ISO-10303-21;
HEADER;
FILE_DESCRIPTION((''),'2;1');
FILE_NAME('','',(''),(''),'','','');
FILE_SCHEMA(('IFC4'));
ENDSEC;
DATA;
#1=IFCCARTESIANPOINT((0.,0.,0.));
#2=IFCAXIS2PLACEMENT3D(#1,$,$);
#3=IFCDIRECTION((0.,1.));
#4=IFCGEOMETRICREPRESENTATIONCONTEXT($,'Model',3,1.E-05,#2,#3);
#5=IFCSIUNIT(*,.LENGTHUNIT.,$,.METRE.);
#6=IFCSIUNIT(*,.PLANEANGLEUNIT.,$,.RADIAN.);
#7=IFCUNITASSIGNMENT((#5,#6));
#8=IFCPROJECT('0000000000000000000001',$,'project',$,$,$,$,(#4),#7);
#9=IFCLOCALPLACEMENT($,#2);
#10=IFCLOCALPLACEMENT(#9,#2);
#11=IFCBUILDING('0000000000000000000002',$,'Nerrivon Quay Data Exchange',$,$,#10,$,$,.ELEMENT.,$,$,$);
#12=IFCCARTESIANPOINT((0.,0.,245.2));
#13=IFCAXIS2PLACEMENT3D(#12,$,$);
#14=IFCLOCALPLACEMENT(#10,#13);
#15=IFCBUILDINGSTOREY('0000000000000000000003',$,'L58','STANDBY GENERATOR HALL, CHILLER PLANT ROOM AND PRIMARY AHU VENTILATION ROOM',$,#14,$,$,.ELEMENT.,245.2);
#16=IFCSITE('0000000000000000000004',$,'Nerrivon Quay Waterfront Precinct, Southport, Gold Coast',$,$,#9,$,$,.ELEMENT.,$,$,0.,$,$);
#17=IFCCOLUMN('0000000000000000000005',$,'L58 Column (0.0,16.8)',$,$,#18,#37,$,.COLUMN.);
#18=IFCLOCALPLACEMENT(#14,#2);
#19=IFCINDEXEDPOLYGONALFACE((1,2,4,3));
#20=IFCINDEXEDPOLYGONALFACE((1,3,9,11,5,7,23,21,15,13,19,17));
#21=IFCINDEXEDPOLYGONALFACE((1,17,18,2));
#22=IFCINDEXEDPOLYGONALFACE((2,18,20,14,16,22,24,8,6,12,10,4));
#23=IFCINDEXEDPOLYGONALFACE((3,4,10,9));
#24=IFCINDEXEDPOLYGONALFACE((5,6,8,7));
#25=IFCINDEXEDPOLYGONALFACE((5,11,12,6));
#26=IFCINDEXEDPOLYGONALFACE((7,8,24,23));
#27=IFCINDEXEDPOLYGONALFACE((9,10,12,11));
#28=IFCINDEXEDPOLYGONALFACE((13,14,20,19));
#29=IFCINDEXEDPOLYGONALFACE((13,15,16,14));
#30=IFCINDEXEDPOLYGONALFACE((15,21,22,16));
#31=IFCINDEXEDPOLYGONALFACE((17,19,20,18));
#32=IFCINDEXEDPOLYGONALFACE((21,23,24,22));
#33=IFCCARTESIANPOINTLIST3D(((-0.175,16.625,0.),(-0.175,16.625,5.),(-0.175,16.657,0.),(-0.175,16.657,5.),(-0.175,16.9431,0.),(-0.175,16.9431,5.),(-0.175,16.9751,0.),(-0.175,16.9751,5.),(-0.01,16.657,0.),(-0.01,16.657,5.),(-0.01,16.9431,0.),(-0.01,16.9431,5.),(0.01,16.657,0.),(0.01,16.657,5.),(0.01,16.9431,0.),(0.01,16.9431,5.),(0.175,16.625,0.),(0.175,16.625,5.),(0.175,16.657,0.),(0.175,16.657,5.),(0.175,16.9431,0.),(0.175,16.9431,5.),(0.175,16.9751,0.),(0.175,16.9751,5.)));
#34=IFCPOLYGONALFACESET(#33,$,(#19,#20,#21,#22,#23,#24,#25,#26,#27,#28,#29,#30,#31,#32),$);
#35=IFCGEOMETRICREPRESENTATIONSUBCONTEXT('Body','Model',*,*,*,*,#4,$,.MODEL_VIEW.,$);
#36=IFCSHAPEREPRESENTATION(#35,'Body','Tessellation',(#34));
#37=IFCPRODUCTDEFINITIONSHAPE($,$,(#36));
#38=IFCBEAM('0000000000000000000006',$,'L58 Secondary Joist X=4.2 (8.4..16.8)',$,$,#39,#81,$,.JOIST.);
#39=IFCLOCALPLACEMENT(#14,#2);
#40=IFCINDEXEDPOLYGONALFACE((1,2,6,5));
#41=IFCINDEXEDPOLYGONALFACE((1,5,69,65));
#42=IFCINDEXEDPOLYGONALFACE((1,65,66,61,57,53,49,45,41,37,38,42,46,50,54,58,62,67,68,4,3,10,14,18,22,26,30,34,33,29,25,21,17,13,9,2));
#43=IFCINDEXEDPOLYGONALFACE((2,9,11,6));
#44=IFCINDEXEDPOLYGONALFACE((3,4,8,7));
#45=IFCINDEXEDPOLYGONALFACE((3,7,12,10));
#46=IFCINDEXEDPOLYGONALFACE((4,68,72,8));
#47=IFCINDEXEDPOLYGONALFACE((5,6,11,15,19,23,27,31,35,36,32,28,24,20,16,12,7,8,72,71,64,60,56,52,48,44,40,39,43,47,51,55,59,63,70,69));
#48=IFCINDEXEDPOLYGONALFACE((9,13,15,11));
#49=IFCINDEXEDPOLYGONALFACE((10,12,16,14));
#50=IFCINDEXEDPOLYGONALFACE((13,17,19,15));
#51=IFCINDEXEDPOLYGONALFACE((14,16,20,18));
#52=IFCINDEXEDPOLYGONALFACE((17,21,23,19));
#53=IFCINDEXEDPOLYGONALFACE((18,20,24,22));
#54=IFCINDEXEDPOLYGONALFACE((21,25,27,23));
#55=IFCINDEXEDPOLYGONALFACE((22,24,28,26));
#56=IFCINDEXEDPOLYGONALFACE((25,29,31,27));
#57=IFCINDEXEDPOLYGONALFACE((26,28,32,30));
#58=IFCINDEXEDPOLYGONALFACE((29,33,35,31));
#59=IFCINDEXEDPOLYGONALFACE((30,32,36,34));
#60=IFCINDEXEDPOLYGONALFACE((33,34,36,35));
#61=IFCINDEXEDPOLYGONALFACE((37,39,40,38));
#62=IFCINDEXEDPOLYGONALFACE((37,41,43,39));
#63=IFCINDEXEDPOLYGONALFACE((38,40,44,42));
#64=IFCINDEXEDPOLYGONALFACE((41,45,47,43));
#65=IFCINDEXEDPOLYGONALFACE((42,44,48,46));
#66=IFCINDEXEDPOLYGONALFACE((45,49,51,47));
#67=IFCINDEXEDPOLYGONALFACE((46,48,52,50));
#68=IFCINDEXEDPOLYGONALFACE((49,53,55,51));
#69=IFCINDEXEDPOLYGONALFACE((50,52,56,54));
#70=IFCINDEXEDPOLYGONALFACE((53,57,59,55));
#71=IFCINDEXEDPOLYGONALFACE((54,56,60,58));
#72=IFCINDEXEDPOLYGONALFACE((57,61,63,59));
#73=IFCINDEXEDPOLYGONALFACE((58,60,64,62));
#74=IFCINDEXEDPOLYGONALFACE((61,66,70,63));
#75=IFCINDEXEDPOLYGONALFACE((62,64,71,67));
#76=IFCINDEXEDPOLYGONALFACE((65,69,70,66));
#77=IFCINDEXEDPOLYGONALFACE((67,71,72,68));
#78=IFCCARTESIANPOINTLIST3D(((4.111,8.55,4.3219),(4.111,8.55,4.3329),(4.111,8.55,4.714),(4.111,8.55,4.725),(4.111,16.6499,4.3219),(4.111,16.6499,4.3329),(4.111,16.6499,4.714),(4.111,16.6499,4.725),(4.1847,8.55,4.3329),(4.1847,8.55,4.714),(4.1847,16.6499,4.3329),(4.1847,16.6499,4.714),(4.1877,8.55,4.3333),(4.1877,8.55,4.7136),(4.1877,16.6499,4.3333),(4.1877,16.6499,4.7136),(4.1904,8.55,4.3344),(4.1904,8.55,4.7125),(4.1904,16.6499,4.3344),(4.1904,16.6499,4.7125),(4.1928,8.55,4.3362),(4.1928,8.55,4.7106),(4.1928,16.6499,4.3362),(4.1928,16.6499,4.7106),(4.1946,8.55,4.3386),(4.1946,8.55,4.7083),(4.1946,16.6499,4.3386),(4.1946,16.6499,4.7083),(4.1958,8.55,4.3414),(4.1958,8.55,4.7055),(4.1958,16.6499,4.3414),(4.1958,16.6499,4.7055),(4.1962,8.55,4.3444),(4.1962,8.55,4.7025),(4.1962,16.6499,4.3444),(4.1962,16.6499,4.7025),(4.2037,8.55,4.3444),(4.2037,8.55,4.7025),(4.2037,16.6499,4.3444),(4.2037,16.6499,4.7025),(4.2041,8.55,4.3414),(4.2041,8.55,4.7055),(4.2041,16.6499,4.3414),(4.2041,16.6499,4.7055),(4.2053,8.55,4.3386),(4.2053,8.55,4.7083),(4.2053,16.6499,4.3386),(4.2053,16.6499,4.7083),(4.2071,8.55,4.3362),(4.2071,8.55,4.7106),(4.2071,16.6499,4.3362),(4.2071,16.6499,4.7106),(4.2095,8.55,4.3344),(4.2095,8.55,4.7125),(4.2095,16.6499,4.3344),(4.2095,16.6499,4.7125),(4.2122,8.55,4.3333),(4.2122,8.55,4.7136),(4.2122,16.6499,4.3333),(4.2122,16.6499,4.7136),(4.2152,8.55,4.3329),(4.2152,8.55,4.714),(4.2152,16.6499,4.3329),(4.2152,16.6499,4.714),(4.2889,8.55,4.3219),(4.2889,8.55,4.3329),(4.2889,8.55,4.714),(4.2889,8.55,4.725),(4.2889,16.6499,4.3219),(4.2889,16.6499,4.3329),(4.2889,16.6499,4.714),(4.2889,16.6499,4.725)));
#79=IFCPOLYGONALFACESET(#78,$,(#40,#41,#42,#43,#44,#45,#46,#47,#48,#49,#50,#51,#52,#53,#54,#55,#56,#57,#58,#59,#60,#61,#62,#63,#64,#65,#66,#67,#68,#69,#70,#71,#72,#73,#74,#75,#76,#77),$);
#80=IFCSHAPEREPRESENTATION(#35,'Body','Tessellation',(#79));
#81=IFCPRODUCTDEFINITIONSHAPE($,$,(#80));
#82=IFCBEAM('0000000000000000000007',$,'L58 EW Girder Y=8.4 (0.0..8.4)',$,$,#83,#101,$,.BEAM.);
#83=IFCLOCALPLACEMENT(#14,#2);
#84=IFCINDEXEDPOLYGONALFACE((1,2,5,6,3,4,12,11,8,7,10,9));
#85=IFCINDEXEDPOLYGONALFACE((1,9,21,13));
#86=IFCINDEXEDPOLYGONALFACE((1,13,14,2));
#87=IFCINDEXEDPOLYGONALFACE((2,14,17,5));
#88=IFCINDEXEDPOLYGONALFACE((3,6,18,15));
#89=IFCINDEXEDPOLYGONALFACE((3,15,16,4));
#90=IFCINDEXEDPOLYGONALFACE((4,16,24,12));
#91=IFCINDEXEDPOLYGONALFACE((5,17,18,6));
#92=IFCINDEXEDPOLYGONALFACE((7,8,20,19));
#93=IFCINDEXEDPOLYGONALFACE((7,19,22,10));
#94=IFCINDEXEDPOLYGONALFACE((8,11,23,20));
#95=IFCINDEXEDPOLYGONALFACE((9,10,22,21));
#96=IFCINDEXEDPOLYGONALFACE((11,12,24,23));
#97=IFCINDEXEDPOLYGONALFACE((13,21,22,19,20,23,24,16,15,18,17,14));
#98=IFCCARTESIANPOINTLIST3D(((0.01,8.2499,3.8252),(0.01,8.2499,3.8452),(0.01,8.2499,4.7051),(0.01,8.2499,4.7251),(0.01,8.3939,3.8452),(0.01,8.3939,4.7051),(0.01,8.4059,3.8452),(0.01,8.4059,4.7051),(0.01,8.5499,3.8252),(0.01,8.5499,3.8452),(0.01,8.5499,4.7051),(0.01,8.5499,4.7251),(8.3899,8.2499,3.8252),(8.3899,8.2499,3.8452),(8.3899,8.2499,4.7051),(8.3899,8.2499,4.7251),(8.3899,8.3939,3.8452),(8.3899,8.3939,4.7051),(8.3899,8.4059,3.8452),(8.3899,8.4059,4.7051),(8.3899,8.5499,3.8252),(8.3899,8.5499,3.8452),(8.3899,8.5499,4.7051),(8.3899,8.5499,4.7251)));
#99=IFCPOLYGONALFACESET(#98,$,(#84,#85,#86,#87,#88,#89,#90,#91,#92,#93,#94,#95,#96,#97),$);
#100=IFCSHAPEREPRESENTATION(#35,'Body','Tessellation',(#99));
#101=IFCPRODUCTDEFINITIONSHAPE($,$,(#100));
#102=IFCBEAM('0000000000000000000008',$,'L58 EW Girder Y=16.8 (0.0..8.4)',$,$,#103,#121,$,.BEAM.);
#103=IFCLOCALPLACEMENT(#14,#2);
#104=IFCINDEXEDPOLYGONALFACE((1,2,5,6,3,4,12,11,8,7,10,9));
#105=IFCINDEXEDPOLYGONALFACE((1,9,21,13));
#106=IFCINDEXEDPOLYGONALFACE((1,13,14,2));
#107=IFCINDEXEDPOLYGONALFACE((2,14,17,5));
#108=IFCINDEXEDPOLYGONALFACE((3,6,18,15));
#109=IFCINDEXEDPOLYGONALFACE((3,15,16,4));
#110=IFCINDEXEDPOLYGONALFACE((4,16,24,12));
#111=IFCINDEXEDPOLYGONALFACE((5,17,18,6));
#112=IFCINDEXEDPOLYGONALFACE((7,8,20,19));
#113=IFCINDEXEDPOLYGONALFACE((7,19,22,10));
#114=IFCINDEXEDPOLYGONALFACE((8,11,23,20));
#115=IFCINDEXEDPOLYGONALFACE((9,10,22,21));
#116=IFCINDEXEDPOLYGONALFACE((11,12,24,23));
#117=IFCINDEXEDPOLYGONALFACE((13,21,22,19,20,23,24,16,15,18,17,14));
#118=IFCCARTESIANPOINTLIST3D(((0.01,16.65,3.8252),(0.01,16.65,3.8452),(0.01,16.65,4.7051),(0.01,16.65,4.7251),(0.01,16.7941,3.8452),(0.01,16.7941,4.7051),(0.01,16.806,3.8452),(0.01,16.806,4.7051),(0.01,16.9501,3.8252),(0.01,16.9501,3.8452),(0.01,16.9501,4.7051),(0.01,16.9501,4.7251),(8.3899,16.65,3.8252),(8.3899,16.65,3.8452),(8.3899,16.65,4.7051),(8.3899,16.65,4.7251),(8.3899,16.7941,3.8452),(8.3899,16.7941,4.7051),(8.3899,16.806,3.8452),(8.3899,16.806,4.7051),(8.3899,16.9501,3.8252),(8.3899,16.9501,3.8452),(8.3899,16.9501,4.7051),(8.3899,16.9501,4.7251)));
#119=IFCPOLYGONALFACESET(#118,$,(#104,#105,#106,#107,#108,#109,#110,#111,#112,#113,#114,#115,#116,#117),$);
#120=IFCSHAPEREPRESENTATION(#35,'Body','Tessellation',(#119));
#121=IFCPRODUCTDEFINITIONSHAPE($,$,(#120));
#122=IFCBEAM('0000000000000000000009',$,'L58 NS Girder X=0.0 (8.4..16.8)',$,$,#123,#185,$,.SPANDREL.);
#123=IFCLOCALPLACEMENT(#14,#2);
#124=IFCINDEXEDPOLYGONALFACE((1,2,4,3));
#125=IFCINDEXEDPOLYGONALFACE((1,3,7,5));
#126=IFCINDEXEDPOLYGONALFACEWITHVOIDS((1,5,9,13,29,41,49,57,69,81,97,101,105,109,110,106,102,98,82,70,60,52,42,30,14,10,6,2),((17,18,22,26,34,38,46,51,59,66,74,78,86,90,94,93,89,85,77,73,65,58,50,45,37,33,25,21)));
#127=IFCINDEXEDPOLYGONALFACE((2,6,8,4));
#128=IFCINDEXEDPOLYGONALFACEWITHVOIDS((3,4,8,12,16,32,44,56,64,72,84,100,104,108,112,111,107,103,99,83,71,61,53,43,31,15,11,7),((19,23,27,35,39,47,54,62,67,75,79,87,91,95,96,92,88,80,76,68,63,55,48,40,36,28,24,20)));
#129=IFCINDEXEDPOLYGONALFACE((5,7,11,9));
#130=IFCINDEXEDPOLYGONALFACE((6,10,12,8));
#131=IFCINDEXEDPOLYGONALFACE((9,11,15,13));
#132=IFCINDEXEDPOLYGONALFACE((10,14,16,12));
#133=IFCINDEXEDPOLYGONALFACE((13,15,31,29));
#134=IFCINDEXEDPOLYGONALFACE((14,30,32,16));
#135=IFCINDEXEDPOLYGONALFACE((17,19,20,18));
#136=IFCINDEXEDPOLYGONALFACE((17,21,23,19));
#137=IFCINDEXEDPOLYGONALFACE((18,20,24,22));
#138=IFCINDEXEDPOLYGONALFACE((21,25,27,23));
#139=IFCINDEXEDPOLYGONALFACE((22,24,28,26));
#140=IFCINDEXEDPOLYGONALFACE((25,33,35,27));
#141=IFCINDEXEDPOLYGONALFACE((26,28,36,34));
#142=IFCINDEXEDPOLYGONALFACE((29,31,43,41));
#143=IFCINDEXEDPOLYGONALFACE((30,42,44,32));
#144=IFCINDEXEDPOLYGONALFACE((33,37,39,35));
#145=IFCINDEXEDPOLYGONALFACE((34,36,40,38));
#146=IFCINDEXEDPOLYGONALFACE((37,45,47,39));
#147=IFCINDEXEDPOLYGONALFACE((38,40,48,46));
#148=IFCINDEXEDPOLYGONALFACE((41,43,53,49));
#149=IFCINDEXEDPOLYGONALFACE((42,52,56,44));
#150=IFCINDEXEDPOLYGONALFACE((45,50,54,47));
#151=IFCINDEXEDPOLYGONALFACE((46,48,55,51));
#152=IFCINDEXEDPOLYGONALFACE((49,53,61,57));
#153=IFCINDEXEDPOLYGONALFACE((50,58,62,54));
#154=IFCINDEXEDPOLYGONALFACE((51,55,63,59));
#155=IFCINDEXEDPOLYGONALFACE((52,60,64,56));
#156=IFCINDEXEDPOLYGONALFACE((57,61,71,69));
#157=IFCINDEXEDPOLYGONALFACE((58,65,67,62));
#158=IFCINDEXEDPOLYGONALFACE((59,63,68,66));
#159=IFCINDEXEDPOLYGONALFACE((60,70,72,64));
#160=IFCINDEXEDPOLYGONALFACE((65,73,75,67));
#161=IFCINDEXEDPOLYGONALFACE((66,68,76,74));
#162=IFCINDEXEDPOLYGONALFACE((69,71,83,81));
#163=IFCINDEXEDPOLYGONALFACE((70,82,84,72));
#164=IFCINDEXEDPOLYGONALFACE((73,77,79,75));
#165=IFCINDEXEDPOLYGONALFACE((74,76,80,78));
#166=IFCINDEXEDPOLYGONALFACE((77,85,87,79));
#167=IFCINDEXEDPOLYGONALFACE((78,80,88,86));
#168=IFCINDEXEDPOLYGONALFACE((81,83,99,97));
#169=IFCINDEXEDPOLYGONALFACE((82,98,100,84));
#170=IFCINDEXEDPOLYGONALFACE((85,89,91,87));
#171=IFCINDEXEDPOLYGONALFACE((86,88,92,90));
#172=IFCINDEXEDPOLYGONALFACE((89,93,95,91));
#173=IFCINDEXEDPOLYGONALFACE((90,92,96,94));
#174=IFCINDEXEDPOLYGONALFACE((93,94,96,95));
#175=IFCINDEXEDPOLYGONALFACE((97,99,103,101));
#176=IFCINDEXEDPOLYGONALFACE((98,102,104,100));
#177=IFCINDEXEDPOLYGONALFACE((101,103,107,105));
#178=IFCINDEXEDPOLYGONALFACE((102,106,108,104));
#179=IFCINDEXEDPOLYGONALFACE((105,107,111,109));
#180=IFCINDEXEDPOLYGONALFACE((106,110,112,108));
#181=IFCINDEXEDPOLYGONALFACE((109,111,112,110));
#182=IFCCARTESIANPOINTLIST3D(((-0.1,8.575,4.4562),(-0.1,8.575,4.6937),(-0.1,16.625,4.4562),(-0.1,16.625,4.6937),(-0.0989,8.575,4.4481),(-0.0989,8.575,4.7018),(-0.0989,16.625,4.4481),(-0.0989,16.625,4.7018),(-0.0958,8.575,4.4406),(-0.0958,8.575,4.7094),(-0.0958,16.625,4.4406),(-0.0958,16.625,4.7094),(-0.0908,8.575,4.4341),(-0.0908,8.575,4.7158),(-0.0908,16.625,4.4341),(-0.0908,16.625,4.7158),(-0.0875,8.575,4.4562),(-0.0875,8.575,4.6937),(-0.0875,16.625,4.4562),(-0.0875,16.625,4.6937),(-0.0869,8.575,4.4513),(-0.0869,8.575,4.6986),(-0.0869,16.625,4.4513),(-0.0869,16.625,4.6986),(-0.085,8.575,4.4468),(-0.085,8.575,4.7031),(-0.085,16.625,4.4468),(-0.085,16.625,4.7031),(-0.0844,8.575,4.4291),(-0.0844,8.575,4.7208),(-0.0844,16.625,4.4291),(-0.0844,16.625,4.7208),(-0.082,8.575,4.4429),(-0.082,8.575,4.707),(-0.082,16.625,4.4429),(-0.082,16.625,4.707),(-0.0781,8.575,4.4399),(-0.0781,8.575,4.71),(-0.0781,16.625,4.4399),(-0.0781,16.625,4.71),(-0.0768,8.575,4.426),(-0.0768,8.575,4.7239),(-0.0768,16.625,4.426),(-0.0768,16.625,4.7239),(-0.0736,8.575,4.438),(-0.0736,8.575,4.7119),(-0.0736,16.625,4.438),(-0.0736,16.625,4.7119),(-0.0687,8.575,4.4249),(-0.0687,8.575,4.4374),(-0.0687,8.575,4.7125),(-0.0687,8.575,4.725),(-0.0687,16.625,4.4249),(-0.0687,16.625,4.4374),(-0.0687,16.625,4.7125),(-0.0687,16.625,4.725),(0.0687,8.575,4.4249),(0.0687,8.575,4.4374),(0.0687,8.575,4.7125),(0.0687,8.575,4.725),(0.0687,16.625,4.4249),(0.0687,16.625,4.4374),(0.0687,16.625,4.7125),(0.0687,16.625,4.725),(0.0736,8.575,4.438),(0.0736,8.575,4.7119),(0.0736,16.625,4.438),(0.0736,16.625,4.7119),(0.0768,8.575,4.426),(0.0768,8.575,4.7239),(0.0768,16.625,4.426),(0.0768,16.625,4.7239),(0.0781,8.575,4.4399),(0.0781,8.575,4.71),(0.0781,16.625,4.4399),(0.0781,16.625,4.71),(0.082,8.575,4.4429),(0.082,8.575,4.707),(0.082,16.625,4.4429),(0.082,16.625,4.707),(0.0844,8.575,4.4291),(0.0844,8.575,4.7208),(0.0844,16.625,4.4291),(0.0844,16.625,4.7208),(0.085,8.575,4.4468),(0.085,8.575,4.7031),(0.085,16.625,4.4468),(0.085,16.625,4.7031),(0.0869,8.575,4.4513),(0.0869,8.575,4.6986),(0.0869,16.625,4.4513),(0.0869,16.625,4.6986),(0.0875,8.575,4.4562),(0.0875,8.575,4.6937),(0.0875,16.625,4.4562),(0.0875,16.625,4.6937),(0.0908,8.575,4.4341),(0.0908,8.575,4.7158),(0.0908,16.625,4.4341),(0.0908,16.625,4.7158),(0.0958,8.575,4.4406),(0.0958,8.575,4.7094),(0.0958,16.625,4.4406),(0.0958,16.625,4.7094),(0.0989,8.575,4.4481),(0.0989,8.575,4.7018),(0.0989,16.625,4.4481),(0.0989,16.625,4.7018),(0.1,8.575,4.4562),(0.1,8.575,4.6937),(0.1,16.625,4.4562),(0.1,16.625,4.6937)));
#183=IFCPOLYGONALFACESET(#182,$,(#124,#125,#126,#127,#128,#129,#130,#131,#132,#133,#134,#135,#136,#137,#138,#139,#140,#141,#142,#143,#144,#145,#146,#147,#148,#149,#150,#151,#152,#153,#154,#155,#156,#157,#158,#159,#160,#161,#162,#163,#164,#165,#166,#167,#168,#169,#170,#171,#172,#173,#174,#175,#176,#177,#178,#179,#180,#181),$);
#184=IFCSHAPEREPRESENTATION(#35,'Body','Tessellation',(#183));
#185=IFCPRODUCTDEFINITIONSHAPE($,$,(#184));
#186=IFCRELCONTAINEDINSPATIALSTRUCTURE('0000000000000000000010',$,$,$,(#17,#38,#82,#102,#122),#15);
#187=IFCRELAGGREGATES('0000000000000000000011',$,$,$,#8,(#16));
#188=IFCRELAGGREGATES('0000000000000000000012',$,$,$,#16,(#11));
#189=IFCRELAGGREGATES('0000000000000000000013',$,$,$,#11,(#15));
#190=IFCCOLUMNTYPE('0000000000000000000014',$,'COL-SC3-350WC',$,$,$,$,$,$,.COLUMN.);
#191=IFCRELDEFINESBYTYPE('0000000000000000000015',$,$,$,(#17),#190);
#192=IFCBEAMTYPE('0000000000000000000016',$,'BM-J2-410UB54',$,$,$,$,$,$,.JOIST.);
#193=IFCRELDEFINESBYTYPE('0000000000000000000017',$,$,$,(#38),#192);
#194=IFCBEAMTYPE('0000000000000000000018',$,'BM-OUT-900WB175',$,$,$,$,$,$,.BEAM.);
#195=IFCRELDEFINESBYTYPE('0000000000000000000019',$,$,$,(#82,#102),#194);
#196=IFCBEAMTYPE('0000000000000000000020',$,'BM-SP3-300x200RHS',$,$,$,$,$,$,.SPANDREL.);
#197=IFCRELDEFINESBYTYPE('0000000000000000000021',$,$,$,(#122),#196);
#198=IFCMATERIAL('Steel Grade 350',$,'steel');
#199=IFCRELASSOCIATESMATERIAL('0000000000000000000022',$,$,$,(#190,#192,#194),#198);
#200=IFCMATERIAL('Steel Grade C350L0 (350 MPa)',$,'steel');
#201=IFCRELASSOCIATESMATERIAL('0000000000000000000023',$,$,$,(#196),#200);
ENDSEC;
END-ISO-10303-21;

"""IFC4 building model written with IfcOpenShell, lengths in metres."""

from ifc_helpers import new_model, si_unit, direction, frame, origin, origin_2d, place, context, subcontext, project, spatial, hollow_rectangle, i_section, extrude, material, material_profile, profile_set, type_object, element, save


model = new_model("IFC4")

# Units and contexts
model_context = context("Model", 3, precision=1e-05, world=origin(), true_north=direction((0.0, 1.0)))
body_context = subcontext(model_context, "Body", "Model", "MODEL_VIEW")
ifc_project = project(units=[si_unit("LENGTHUNIT", "METRE"), si_unit("PLANEANGLEUNIT", "RADIAN")], contexts=[model_context])

# Site, building, storey
site_placement = place(None, origin())
site = spatial("IfcSite", under=ifc_project, at=site_placement, Name="Nerrivon Quay Waterfront Precinct, Southport, Gold Coast", CompositionType="ELEMENT", RefElevation=0.0)
building_placement = place(site_placement, origin())
building = spatial("IfcBuilding", under=site, at=building_placement, Name="Nerrivon Quay Data Exchange", CompositionType="ELEMENT")
storey_placement = place(building_placement, frame((0.0, 0.0, 245.2)))
storey = spatial("IfcBuildingStorey", under=building, at=storey_placement, Name="L58", Description="STANDBY GENERATOR HALL, CHILLER PLANT ROOM AND PRIMARY AHU VENTILATION ROOM", CompositionType="ELEMENT", Elevation=245.2)

# Column
ifc_material_1 = material(Name="Steel Grade 350", Category="steel")
ifc_material_profile_1 = material_profile(ifc_material_1, i_section(OverallWidth=0.3501, OverallDepth=0.3501, WebThickness=0.02, FlangeThickness=0.032, at=origin_2d()), Name="350WC230")
ifc_profile_set_1 = profile_set([ifc_material_profile_1], Name="Steel Grade 350")
column_type = type_object("IfcColumnType", Name="COL-SC3-350WC", PredefinedType="COLUMN", material=ifc_profile_set_1)
column_placement = place(storey_placement, frame((0.0, 16.8, 0.0), z_axis=(0.0, 0.0, 1.0), x_axis=(1.0, 0.0, 0.0)))
element("IfcColumn", 1, at=column_placement, inside=storey, type_object=column_type, Name="L58 Column (0.0,16.8)", PredefinedType="COLUMN", context=body_context, shape_type="SweptSolid", body=[
    extrude(i_section(OverallWidth=0.3501, OverallDepth=0.3501, WebThickness=0.02, FlangeThickness=0.032, at=origin_2d()), origin(), (0.0, 0.0, 1.0), 5.0),
])

# Beams
ifc_material_profile_2 = material_profile(ifc_material_1, i_section(OverallWidth=0.178, OverallDepth=0.4031, WebThickness=0.0076, FlangeThickness=0.011, FilletRadius=0.0115, at=origin_2d()), Name="410UB53.7")
ifc_profile_set_2 = profile_set([ifc_material_profile_2], Name="Steel Grade 350")
beam_type_1 = type_object("IfcBeamType", Name="BM-J2-410UB54", PredefinedType="JOIST", material=ifc_profile_set_2)
beam_1_placement = place(storey_placement, frame((4.2, 8.55, 4.5234), z_axis=(0.0, 1.0, 0.0), x_axis=(-1.0, 0.0, 0.0)))
element("IfcBeam", 2, at=beam_1_placement, inside=storey, type_object=beam_type_1, Name="L58 Secondary Joist X=4.2 (8.4..16.8)", PredefinedType="JOIST", context=body_context, shape_type="SweptSolid", body=[
    extrude(i_section(OverallWidth=0.178, OverallDepth=0.4031, WebThickness=0.0076, FlangeThickness=0.011, FilletRadius=0.0115, at=origin_2d()), origin(), (0.0, 0.0, 1.0), 8.0999),
])
ifc_material_profile_3 = material_profile(ifc_material_1, i_section(OverallWidth=0.3, OverallDepth=0.8999, WebThickness=0.012, FlangeThickness=0.02, at=origin_2d()), Name="900WB175")
ifc_profile_set_3 = profile_set([ifc_material_profile_3], Name="Steel Grade 350")
beam_type_2 = type_object("IfcBeamType", Name="BM-OUT-900WB175", PredefinedType="BEAM", material=ifc_profile_set_3)
for number, where, z_axis, x_axis, name in (
    (3, (0.01, 8.3999, 4.2751), (1.0, 0.0, 0.0), (0.0, 1.0, 0.0), "L58 EW Girder Y=8.4 (0.0..8.4)"),
    (4, (0.01, 16.8, 4.2751), (1.0, 0.0, 0.0), (0.0, 1.0, 0.0), "L58 EW Girder Y=16.8 (0.0..8.4)"),
):
    element("IfcBeam", number, at=place(storey_placement, frame(where, z_axis=z_axis, x_axis=x_axis)), inside=storey, type_object=beam_type_2, Name=name, PredefinedType="BEAM", context=body_context, shape_type="SweptSolid", body=[
        extrude(i_section(OverallWidth=0.3, OverallDepth=0.8999, WebThickness=0.012, FlangeThickness=0.02, at=origin_2d()), origin(), (0.0, 0.0, 1.0), 8.3799),
    ])
ifc_material_2 = material(Name="Steel Grade C350L0 (350 MPa)", Category="steel")
ifc_material_profile_4 = material_profile(ifc_material_2, hollow_rectangle(XDim=0.2, YDim=0.3, WallThickness=0.0125, InnerFilletRadius=0.0188, OuterFilletRadius=0.0312, at=origin_2d()), Name="300x200x12.5RHS")
ifc_profile_set_4 = profile_set([ifc_material_profile_4], Name="Steel Grade C350L0 (350 MPa)")
beam_type_3 = type_object("IfcBeamType", Name="BM-SP3-300x200RHS", PredefinedType="SPANDREL", material=ifc_profile_set_4)
beam_2_placement = place(storey_placement, frame((0.0, 8.575, 4.575), z_axis=(0.0, 1.0, 0.0), x_axis=(-1.0, 0.0, 0.0)))
element("IfcBeam", 5, at=beam_2_placement, inside=storey, type_object=beam_type_3, Name="L58 NS Girder X=0.0 (8.4..16.8)", PredefinedType="SPANDREL", context=body_context, shape_type="SweptSolid", body=[
    extrude(hollow_rectangle(XDim=0.2, YDim=0.3, WallThickness=0.0125, InnerFilletRadius=0.0188, OuterFilletRadius=0.0312, at=origin_2d()), origin(), (0.0, 0.0, 1.0), 8.05),
])

save(model, "model.ifc")
